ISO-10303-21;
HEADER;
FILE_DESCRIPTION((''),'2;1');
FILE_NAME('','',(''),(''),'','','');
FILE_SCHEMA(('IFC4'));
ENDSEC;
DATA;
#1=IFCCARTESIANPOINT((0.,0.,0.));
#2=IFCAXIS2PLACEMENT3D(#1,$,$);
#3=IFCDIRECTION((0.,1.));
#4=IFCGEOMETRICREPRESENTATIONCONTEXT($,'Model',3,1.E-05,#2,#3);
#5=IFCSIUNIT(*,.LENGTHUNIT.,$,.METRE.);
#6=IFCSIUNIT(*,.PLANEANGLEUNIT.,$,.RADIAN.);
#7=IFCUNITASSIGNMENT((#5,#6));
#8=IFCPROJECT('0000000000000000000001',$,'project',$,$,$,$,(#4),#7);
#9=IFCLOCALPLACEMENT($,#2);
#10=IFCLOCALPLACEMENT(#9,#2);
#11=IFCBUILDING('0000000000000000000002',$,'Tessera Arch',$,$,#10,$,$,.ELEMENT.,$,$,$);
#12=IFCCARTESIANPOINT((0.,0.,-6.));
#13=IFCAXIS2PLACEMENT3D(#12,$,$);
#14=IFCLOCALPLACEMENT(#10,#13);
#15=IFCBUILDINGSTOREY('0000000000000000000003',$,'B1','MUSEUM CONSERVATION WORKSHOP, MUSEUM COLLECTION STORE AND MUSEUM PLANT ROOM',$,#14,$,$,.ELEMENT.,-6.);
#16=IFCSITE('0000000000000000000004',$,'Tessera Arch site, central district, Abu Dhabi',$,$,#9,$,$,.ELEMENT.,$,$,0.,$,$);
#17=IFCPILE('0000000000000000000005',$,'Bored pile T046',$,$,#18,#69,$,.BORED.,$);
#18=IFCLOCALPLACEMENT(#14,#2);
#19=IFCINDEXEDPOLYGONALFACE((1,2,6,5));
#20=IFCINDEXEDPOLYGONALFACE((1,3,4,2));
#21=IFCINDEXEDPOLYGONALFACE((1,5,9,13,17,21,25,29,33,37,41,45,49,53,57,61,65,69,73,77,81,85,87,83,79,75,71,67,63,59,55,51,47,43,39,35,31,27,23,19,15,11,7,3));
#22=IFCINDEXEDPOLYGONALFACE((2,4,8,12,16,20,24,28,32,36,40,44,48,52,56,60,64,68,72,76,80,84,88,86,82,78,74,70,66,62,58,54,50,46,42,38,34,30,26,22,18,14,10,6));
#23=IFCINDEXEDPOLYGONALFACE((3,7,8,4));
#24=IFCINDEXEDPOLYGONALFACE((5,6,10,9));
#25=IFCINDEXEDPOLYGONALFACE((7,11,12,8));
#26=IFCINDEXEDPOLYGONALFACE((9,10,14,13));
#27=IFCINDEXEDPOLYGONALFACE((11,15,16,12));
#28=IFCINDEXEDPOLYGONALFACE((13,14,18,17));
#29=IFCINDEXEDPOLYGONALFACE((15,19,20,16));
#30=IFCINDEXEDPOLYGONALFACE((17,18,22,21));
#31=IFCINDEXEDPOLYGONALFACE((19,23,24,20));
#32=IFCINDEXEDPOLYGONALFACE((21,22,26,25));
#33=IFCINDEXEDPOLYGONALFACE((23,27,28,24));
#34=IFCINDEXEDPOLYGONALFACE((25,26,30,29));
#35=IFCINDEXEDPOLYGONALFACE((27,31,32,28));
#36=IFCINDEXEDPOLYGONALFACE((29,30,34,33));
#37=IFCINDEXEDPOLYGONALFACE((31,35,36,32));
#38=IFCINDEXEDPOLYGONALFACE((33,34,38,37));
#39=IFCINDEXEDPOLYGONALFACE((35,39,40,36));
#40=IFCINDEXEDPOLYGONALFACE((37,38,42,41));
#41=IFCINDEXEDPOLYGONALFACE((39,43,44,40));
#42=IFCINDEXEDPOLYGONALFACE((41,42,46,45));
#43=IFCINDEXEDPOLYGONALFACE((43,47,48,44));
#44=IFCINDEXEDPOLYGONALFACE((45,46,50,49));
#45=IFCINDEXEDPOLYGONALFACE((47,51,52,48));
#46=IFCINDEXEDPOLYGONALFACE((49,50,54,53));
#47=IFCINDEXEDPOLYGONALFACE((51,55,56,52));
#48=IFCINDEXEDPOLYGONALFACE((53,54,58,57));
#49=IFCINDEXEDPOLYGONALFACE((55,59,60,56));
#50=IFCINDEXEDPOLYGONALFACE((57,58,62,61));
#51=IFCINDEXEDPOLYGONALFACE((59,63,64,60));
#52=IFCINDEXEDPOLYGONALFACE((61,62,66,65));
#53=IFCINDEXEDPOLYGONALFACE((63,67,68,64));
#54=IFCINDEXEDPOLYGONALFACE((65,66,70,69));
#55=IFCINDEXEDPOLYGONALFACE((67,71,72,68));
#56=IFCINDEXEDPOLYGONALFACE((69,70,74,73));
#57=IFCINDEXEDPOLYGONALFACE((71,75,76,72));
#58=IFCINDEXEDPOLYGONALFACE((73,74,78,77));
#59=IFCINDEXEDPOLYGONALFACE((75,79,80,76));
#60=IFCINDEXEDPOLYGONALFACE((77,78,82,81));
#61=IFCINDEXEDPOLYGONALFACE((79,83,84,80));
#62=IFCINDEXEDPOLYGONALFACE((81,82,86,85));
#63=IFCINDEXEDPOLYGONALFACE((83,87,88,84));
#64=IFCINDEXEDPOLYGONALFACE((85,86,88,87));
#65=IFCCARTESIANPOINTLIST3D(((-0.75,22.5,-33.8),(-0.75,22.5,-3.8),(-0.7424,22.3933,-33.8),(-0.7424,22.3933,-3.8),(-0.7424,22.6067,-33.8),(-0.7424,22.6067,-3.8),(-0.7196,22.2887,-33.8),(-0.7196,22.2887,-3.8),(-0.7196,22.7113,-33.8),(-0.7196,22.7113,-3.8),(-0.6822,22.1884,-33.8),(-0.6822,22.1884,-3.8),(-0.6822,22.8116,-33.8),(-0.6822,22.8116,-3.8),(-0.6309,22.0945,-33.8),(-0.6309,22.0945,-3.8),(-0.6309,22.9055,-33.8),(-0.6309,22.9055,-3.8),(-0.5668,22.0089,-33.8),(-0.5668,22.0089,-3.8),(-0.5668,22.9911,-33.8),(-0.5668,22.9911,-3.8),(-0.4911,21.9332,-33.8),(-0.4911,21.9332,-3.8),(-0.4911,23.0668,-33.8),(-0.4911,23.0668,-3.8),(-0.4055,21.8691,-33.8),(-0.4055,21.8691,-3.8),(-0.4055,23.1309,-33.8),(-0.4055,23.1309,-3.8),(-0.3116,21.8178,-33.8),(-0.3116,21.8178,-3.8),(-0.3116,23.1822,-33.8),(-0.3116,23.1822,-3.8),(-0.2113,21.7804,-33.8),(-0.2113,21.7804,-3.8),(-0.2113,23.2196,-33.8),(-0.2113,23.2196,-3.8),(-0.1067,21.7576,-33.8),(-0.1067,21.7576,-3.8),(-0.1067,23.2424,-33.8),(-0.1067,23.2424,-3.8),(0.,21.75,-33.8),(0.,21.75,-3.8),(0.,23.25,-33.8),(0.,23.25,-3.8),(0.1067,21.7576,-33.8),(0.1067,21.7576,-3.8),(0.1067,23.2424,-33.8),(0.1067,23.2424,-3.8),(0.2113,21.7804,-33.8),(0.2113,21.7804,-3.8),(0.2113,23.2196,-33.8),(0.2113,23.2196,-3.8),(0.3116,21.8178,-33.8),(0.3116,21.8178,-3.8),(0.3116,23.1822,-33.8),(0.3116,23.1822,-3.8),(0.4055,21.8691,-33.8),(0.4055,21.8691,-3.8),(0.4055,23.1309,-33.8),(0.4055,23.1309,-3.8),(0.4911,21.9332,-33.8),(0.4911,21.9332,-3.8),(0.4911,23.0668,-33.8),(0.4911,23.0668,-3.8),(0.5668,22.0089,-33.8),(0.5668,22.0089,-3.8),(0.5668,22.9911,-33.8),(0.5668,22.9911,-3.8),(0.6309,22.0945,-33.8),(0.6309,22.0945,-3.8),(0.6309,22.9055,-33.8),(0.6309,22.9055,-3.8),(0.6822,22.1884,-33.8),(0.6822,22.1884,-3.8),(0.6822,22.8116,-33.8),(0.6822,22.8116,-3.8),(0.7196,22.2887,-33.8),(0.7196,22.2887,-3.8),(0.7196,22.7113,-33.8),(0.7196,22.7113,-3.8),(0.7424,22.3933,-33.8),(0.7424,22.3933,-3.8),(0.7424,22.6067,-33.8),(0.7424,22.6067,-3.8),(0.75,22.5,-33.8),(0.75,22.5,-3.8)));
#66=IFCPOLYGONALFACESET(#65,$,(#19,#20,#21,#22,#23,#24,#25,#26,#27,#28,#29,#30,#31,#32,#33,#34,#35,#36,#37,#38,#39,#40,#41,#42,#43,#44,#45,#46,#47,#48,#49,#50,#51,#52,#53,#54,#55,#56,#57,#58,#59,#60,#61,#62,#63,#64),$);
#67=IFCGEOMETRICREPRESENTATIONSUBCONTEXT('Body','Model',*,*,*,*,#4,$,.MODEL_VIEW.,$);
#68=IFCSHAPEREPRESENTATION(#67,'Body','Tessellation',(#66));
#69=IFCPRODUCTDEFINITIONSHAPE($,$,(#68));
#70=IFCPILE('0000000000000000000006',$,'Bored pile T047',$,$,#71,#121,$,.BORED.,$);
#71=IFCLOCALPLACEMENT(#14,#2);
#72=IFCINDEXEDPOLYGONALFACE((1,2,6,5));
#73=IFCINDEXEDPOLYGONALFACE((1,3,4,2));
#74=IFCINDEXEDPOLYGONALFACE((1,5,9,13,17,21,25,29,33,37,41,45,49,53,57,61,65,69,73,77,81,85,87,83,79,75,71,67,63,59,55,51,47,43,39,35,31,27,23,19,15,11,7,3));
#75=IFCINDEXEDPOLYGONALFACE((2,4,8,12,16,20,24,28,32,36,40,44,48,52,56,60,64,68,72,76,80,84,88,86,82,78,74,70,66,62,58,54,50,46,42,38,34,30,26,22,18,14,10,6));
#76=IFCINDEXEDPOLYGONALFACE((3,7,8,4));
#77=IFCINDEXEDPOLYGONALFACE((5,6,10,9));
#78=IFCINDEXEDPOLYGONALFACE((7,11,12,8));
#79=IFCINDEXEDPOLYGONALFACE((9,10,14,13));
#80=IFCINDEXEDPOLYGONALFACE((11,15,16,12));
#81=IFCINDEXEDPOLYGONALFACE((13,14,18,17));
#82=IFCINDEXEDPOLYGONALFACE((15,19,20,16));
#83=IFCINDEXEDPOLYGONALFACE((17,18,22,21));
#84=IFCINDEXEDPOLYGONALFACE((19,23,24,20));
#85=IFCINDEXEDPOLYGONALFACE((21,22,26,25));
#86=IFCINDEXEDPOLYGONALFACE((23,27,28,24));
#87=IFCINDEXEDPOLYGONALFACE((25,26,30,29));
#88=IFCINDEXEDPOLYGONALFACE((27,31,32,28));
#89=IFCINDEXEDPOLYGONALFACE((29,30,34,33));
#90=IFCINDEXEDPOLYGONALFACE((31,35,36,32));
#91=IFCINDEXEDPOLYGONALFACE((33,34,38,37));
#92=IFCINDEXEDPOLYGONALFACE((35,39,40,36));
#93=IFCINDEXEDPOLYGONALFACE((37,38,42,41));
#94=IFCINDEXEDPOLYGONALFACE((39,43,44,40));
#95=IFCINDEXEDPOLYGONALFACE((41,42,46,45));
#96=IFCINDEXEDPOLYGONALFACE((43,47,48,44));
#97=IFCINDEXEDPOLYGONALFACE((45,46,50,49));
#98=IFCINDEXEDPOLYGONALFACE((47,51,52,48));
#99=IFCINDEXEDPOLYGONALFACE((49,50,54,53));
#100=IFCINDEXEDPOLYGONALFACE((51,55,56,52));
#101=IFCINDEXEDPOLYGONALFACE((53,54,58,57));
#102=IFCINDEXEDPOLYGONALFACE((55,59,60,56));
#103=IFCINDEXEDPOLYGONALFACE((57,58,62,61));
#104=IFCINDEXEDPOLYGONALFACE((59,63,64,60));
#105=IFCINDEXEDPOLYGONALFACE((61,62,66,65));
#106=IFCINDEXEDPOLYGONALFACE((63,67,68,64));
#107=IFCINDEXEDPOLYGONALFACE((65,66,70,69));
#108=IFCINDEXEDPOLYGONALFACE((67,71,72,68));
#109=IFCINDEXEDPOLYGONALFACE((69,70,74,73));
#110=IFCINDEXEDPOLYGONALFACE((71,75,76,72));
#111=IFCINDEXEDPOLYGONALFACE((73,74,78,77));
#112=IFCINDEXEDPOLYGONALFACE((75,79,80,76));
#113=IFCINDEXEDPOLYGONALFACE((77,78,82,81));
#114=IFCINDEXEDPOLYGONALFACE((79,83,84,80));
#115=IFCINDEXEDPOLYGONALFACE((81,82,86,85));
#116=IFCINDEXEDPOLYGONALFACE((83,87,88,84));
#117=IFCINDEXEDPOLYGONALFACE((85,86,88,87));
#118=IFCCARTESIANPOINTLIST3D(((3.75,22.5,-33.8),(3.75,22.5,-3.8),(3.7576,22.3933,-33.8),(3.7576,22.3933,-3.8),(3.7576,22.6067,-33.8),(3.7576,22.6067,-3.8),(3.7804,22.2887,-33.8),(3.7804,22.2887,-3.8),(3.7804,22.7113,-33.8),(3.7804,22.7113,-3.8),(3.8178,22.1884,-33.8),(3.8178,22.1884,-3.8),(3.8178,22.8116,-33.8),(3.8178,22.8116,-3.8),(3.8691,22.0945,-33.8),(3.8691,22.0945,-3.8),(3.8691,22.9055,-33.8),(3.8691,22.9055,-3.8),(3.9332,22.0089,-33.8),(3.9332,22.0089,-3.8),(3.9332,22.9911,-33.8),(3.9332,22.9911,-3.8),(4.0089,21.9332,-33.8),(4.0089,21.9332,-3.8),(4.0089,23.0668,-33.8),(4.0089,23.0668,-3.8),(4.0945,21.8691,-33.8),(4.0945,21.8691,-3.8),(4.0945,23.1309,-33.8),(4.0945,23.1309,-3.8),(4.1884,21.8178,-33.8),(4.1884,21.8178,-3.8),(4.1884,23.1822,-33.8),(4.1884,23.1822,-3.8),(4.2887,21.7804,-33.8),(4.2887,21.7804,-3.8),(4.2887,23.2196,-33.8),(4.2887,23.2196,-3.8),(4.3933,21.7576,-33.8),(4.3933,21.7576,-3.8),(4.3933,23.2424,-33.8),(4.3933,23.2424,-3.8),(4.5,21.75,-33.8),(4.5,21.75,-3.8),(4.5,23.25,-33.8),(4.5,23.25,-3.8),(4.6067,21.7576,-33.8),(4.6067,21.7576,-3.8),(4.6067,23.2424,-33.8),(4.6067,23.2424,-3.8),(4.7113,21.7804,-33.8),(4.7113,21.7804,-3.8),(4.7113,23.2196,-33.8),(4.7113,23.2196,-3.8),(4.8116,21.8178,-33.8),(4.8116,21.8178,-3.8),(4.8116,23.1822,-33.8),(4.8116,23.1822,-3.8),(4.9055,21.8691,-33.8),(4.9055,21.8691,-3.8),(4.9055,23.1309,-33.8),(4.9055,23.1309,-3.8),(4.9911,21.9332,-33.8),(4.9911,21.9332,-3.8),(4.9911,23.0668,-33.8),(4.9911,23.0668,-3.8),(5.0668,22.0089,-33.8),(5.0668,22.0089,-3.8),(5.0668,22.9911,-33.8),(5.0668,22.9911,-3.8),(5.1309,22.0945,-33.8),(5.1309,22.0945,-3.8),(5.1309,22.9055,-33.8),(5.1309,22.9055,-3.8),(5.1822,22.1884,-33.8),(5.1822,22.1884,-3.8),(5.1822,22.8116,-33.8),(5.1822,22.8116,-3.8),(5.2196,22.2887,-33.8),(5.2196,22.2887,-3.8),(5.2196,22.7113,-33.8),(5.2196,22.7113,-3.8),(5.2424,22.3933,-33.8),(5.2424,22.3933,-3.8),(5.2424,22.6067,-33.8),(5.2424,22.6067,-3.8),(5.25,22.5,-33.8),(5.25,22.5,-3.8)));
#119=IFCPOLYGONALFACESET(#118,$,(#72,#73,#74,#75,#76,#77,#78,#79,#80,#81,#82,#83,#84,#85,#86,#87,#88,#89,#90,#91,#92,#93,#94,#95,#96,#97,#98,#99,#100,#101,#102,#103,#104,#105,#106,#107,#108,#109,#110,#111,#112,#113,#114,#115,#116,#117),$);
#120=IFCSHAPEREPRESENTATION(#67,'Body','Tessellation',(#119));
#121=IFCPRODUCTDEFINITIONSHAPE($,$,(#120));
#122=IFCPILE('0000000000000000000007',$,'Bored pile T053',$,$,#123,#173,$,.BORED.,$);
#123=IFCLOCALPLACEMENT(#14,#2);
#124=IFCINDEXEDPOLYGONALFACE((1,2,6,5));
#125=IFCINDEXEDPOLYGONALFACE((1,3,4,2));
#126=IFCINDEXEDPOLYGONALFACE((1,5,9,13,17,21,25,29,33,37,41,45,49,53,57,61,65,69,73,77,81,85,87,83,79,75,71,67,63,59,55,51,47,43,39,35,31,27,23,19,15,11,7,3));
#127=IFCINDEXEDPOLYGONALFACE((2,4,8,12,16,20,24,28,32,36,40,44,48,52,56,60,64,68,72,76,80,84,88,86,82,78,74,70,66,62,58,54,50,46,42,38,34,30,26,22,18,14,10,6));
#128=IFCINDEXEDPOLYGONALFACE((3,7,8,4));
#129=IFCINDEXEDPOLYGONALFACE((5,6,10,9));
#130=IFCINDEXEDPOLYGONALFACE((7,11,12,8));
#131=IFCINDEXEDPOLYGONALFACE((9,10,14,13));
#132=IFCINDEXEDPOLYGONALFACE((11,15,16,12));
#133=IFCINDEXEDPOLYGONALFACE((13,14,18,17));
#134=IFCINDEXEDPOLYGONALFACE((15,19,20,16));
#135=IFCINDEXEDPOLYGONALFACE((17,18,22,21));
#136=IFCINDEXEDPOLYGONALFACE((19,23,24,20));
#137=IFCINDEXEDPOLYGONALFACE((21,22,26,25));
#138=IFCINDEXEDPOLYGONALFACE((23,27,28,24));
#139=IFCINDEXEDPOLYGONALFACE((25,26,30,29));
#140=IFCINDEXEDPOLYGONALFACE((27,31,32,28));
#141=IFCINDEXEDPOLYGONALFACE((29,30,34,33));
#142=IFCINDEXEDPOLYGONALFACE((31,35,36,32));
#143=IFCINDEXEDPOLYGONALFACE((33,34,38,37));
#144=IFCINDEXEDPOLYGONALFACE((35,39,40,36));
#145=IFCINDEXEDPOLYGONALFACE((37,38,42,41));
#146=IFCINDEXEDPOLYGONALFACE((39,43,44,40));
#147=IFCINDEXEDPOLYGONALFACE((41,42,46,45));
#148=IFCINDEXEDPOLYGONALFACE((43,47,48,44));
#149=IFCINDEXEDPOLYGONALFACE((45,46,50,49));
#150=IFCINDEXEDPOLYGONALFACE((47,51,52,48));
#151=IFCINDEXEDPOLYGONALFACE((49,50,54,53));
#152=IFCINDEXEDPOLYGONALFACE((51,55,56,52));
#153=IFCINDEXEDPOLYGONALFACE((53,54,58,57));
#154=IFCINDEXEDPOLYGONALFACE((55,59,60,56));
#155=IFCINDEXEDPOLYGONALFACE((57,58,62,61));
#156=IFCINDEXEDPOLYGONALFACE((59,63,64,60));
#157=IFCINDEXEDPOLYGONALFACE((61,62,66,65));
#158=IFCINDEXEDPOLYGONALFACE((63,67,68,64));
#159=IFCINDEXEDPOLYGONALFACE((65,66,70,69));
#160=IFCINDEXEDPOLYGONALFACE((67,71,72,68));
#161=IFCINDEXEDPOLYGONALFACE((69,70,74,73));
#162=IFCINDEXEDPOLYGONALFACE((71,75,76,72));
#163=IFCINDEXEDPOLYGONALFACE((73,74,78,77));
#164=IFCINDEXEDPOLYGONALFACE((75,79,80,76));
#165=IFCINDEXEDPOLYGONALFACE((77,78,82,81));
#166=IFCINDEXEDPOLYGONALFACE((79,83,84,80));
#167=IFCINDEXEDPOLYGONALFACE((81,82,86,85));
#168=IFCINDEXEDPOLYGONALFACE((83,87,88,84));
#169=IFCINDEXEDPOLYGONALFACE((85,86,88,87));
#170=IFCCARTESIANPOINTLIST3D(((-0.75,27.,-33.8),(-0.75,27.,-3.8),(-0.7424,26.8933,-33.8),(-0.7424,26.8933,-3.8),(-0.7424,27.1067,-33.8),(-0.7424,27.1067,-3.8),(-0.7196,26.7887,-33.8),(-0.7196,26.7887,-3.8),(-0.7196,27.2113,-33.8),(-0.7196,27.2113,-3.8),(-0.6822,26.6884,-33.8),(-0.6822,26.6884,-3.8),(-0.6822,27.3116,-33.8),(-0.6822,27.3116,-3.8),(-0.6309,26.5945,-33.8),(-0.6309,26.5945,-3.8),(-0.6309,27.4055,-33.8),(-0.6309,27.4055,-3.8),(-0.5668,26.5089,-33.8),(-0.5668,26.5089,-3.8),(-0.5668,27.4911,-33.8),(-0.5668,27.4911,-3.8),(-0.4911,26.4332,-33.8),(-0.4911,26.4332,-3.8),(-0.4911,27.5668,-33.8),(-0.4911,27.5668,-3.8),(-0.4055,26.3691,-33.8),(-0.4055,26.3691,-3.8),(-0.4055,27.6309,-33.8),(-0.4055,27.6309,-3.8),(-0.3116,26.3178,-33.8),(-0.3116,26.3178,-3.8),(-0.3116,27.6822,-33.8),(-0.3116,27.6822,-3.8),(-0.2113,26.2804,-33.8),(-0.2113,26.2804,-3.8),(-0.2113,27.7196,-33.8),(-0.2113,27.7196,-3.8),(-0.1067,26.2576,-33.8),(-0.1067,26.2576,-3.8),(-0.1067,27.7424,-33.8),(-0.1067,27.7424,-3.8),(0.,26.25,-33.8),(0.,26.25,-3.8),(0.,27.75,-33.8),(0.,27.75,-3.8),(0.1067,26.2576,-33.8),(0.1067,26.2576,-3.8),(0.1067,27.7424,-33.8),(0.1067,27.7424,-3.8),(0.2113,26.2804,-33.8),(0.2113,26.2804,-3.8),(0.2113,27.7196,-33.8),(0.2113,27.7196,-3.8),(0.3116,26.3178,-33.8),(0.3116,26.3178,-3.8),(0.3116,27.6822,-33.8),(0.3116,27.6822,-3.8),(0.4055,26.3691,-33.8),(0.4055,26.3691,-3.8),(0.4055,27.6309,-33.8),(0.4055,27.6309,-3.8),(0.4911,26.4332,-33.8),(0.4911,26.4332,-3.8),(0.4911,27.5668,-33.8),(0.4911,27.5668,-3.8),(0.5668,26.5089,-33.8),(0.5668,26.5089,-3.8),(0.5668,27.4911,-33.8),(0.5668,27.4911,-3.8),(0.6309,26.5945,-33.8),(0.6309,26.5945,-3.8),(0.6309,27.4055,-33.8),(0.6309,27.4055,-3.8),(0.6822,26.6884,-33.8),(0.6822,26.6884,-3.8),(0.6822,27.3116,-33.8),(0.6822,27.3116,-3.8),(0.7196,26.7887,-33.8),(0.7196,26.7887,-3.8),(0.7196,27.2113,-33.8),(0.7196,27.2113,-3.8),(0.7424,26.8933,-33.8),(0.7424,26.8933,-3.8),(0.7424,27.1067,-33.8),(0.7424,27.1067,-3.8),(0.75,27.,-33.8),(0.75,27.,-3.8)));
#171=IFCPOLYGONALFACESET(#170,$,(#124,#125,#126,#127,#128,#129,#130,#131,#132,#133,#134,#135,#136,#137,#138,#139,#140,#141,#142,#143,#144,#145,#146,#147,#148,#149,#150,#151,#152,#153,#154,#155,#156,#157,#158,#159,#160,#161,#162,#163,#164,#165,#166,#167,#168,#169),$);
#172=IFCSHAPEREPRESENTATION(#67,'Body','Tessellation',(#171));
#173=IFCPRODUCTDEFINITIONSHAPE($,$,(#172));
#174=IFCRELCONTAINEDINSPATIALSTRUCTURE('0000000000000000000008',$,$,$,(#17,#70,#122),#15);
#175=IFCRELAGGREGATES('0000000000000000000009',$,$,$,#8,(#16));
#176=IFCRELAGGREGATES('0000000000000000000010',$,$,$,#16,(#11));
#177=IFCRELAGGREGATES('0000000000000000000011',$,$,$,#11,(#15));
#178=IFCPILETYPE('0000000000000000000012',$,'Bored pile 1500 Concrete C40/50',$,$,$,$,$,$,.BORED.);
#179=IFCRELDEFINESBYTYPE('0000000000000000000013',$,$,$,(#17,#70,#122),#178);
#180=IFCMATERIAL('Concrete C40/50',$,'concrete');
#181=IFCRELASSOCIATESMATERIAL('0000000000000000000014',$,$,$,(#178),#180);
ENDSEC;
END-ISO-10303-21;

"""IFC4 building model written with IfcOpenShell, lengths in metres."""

from ifc_helpers import new_model, si_unit, direction, frame, origin, origin_2d, place, context, subcontext, project, spatial, circle, extrude, material, type_object, element, save


model = new_model("IFC4")

# Units and contexts
model_context = context("Model", 3, precision=1e-05, world=origin(), true_north=direction((0.0, 1.0)))
body_context = subcontext(model_context, "Body", "Model", "MODEL_VIEW")
ifc_project = project(units=[si_unit("LENGTHUNIT", "METRE"), si_unit("PLANEANGLEUNIT", "RADIAN")], contexts=[model_context])

# Site, building, storey
site_placement = place(None, origin())
site = spatial("IfcSite", under=ifc_project, at=site_placement, Name="Tessera Arch site, central district, Abu Dhabi", CompositionType="ELEMENT", RefElevation=0.0)
building_placement = place(site_placement, origin())
building = spatial("IfcBuilding", under=site, at=building_placement, Name="Tessera Arch", CompositionType="ELEMENT")
storey_placement = place(building_placement, frame((0.0, 0.0, -6.0)))
storey = spatial("IfcBuildingStorey", under=building, at=storey_placement, Name="B1", Description="MUSEUM CONSERVATION WORKSHOP, MUSEUM COLLECTION STORE AND MUSEUM PLANT ROOM", CompositionType="ELEMENT", Elevation=-6.0)

# Piles
ifc_material_1 = material(Name="Concrete C40/50", Category="concrete")
pile_type_1 = type_object("IfcPileType", Name="Bored pile 1500 Concrete C40/50", PredefinedType="BORED", material=ifc_material_1)
for number, where, z_axis, x_axis, name in (
    (1, (0.0, 22.5, -3.8), (0.0, 0.0, -1.0), (1.0, 0.0, 0.0), "Bored pile T046"),
    (2, (4.5, 22.5, -3.8), (0.0, 0.0, -1.0), (1.0, 0.0, 0.0), "Bored pile T047"),
    (3, (0.0, 27.0, -3.8), (0.0, 0.0, -1.0), (1.0, 0.0, 0.0), "Bored pile T053"),
):
    element("IfcPile", number, at=place(storey_placement, frame(where, z_axis=z_axis, x_axis=x_axis)), inside=storey, type_object=pile_type_1, Name=name, PredefinedType="BORED", context=body_context, shape_type="SweptSolid", body=[
        extrude(circle(Radius=0.75, at=origin_2d()), origin(), (0.0, 0.0, 1.0), 30.0),
    ])

save(model, "model.ifc")
